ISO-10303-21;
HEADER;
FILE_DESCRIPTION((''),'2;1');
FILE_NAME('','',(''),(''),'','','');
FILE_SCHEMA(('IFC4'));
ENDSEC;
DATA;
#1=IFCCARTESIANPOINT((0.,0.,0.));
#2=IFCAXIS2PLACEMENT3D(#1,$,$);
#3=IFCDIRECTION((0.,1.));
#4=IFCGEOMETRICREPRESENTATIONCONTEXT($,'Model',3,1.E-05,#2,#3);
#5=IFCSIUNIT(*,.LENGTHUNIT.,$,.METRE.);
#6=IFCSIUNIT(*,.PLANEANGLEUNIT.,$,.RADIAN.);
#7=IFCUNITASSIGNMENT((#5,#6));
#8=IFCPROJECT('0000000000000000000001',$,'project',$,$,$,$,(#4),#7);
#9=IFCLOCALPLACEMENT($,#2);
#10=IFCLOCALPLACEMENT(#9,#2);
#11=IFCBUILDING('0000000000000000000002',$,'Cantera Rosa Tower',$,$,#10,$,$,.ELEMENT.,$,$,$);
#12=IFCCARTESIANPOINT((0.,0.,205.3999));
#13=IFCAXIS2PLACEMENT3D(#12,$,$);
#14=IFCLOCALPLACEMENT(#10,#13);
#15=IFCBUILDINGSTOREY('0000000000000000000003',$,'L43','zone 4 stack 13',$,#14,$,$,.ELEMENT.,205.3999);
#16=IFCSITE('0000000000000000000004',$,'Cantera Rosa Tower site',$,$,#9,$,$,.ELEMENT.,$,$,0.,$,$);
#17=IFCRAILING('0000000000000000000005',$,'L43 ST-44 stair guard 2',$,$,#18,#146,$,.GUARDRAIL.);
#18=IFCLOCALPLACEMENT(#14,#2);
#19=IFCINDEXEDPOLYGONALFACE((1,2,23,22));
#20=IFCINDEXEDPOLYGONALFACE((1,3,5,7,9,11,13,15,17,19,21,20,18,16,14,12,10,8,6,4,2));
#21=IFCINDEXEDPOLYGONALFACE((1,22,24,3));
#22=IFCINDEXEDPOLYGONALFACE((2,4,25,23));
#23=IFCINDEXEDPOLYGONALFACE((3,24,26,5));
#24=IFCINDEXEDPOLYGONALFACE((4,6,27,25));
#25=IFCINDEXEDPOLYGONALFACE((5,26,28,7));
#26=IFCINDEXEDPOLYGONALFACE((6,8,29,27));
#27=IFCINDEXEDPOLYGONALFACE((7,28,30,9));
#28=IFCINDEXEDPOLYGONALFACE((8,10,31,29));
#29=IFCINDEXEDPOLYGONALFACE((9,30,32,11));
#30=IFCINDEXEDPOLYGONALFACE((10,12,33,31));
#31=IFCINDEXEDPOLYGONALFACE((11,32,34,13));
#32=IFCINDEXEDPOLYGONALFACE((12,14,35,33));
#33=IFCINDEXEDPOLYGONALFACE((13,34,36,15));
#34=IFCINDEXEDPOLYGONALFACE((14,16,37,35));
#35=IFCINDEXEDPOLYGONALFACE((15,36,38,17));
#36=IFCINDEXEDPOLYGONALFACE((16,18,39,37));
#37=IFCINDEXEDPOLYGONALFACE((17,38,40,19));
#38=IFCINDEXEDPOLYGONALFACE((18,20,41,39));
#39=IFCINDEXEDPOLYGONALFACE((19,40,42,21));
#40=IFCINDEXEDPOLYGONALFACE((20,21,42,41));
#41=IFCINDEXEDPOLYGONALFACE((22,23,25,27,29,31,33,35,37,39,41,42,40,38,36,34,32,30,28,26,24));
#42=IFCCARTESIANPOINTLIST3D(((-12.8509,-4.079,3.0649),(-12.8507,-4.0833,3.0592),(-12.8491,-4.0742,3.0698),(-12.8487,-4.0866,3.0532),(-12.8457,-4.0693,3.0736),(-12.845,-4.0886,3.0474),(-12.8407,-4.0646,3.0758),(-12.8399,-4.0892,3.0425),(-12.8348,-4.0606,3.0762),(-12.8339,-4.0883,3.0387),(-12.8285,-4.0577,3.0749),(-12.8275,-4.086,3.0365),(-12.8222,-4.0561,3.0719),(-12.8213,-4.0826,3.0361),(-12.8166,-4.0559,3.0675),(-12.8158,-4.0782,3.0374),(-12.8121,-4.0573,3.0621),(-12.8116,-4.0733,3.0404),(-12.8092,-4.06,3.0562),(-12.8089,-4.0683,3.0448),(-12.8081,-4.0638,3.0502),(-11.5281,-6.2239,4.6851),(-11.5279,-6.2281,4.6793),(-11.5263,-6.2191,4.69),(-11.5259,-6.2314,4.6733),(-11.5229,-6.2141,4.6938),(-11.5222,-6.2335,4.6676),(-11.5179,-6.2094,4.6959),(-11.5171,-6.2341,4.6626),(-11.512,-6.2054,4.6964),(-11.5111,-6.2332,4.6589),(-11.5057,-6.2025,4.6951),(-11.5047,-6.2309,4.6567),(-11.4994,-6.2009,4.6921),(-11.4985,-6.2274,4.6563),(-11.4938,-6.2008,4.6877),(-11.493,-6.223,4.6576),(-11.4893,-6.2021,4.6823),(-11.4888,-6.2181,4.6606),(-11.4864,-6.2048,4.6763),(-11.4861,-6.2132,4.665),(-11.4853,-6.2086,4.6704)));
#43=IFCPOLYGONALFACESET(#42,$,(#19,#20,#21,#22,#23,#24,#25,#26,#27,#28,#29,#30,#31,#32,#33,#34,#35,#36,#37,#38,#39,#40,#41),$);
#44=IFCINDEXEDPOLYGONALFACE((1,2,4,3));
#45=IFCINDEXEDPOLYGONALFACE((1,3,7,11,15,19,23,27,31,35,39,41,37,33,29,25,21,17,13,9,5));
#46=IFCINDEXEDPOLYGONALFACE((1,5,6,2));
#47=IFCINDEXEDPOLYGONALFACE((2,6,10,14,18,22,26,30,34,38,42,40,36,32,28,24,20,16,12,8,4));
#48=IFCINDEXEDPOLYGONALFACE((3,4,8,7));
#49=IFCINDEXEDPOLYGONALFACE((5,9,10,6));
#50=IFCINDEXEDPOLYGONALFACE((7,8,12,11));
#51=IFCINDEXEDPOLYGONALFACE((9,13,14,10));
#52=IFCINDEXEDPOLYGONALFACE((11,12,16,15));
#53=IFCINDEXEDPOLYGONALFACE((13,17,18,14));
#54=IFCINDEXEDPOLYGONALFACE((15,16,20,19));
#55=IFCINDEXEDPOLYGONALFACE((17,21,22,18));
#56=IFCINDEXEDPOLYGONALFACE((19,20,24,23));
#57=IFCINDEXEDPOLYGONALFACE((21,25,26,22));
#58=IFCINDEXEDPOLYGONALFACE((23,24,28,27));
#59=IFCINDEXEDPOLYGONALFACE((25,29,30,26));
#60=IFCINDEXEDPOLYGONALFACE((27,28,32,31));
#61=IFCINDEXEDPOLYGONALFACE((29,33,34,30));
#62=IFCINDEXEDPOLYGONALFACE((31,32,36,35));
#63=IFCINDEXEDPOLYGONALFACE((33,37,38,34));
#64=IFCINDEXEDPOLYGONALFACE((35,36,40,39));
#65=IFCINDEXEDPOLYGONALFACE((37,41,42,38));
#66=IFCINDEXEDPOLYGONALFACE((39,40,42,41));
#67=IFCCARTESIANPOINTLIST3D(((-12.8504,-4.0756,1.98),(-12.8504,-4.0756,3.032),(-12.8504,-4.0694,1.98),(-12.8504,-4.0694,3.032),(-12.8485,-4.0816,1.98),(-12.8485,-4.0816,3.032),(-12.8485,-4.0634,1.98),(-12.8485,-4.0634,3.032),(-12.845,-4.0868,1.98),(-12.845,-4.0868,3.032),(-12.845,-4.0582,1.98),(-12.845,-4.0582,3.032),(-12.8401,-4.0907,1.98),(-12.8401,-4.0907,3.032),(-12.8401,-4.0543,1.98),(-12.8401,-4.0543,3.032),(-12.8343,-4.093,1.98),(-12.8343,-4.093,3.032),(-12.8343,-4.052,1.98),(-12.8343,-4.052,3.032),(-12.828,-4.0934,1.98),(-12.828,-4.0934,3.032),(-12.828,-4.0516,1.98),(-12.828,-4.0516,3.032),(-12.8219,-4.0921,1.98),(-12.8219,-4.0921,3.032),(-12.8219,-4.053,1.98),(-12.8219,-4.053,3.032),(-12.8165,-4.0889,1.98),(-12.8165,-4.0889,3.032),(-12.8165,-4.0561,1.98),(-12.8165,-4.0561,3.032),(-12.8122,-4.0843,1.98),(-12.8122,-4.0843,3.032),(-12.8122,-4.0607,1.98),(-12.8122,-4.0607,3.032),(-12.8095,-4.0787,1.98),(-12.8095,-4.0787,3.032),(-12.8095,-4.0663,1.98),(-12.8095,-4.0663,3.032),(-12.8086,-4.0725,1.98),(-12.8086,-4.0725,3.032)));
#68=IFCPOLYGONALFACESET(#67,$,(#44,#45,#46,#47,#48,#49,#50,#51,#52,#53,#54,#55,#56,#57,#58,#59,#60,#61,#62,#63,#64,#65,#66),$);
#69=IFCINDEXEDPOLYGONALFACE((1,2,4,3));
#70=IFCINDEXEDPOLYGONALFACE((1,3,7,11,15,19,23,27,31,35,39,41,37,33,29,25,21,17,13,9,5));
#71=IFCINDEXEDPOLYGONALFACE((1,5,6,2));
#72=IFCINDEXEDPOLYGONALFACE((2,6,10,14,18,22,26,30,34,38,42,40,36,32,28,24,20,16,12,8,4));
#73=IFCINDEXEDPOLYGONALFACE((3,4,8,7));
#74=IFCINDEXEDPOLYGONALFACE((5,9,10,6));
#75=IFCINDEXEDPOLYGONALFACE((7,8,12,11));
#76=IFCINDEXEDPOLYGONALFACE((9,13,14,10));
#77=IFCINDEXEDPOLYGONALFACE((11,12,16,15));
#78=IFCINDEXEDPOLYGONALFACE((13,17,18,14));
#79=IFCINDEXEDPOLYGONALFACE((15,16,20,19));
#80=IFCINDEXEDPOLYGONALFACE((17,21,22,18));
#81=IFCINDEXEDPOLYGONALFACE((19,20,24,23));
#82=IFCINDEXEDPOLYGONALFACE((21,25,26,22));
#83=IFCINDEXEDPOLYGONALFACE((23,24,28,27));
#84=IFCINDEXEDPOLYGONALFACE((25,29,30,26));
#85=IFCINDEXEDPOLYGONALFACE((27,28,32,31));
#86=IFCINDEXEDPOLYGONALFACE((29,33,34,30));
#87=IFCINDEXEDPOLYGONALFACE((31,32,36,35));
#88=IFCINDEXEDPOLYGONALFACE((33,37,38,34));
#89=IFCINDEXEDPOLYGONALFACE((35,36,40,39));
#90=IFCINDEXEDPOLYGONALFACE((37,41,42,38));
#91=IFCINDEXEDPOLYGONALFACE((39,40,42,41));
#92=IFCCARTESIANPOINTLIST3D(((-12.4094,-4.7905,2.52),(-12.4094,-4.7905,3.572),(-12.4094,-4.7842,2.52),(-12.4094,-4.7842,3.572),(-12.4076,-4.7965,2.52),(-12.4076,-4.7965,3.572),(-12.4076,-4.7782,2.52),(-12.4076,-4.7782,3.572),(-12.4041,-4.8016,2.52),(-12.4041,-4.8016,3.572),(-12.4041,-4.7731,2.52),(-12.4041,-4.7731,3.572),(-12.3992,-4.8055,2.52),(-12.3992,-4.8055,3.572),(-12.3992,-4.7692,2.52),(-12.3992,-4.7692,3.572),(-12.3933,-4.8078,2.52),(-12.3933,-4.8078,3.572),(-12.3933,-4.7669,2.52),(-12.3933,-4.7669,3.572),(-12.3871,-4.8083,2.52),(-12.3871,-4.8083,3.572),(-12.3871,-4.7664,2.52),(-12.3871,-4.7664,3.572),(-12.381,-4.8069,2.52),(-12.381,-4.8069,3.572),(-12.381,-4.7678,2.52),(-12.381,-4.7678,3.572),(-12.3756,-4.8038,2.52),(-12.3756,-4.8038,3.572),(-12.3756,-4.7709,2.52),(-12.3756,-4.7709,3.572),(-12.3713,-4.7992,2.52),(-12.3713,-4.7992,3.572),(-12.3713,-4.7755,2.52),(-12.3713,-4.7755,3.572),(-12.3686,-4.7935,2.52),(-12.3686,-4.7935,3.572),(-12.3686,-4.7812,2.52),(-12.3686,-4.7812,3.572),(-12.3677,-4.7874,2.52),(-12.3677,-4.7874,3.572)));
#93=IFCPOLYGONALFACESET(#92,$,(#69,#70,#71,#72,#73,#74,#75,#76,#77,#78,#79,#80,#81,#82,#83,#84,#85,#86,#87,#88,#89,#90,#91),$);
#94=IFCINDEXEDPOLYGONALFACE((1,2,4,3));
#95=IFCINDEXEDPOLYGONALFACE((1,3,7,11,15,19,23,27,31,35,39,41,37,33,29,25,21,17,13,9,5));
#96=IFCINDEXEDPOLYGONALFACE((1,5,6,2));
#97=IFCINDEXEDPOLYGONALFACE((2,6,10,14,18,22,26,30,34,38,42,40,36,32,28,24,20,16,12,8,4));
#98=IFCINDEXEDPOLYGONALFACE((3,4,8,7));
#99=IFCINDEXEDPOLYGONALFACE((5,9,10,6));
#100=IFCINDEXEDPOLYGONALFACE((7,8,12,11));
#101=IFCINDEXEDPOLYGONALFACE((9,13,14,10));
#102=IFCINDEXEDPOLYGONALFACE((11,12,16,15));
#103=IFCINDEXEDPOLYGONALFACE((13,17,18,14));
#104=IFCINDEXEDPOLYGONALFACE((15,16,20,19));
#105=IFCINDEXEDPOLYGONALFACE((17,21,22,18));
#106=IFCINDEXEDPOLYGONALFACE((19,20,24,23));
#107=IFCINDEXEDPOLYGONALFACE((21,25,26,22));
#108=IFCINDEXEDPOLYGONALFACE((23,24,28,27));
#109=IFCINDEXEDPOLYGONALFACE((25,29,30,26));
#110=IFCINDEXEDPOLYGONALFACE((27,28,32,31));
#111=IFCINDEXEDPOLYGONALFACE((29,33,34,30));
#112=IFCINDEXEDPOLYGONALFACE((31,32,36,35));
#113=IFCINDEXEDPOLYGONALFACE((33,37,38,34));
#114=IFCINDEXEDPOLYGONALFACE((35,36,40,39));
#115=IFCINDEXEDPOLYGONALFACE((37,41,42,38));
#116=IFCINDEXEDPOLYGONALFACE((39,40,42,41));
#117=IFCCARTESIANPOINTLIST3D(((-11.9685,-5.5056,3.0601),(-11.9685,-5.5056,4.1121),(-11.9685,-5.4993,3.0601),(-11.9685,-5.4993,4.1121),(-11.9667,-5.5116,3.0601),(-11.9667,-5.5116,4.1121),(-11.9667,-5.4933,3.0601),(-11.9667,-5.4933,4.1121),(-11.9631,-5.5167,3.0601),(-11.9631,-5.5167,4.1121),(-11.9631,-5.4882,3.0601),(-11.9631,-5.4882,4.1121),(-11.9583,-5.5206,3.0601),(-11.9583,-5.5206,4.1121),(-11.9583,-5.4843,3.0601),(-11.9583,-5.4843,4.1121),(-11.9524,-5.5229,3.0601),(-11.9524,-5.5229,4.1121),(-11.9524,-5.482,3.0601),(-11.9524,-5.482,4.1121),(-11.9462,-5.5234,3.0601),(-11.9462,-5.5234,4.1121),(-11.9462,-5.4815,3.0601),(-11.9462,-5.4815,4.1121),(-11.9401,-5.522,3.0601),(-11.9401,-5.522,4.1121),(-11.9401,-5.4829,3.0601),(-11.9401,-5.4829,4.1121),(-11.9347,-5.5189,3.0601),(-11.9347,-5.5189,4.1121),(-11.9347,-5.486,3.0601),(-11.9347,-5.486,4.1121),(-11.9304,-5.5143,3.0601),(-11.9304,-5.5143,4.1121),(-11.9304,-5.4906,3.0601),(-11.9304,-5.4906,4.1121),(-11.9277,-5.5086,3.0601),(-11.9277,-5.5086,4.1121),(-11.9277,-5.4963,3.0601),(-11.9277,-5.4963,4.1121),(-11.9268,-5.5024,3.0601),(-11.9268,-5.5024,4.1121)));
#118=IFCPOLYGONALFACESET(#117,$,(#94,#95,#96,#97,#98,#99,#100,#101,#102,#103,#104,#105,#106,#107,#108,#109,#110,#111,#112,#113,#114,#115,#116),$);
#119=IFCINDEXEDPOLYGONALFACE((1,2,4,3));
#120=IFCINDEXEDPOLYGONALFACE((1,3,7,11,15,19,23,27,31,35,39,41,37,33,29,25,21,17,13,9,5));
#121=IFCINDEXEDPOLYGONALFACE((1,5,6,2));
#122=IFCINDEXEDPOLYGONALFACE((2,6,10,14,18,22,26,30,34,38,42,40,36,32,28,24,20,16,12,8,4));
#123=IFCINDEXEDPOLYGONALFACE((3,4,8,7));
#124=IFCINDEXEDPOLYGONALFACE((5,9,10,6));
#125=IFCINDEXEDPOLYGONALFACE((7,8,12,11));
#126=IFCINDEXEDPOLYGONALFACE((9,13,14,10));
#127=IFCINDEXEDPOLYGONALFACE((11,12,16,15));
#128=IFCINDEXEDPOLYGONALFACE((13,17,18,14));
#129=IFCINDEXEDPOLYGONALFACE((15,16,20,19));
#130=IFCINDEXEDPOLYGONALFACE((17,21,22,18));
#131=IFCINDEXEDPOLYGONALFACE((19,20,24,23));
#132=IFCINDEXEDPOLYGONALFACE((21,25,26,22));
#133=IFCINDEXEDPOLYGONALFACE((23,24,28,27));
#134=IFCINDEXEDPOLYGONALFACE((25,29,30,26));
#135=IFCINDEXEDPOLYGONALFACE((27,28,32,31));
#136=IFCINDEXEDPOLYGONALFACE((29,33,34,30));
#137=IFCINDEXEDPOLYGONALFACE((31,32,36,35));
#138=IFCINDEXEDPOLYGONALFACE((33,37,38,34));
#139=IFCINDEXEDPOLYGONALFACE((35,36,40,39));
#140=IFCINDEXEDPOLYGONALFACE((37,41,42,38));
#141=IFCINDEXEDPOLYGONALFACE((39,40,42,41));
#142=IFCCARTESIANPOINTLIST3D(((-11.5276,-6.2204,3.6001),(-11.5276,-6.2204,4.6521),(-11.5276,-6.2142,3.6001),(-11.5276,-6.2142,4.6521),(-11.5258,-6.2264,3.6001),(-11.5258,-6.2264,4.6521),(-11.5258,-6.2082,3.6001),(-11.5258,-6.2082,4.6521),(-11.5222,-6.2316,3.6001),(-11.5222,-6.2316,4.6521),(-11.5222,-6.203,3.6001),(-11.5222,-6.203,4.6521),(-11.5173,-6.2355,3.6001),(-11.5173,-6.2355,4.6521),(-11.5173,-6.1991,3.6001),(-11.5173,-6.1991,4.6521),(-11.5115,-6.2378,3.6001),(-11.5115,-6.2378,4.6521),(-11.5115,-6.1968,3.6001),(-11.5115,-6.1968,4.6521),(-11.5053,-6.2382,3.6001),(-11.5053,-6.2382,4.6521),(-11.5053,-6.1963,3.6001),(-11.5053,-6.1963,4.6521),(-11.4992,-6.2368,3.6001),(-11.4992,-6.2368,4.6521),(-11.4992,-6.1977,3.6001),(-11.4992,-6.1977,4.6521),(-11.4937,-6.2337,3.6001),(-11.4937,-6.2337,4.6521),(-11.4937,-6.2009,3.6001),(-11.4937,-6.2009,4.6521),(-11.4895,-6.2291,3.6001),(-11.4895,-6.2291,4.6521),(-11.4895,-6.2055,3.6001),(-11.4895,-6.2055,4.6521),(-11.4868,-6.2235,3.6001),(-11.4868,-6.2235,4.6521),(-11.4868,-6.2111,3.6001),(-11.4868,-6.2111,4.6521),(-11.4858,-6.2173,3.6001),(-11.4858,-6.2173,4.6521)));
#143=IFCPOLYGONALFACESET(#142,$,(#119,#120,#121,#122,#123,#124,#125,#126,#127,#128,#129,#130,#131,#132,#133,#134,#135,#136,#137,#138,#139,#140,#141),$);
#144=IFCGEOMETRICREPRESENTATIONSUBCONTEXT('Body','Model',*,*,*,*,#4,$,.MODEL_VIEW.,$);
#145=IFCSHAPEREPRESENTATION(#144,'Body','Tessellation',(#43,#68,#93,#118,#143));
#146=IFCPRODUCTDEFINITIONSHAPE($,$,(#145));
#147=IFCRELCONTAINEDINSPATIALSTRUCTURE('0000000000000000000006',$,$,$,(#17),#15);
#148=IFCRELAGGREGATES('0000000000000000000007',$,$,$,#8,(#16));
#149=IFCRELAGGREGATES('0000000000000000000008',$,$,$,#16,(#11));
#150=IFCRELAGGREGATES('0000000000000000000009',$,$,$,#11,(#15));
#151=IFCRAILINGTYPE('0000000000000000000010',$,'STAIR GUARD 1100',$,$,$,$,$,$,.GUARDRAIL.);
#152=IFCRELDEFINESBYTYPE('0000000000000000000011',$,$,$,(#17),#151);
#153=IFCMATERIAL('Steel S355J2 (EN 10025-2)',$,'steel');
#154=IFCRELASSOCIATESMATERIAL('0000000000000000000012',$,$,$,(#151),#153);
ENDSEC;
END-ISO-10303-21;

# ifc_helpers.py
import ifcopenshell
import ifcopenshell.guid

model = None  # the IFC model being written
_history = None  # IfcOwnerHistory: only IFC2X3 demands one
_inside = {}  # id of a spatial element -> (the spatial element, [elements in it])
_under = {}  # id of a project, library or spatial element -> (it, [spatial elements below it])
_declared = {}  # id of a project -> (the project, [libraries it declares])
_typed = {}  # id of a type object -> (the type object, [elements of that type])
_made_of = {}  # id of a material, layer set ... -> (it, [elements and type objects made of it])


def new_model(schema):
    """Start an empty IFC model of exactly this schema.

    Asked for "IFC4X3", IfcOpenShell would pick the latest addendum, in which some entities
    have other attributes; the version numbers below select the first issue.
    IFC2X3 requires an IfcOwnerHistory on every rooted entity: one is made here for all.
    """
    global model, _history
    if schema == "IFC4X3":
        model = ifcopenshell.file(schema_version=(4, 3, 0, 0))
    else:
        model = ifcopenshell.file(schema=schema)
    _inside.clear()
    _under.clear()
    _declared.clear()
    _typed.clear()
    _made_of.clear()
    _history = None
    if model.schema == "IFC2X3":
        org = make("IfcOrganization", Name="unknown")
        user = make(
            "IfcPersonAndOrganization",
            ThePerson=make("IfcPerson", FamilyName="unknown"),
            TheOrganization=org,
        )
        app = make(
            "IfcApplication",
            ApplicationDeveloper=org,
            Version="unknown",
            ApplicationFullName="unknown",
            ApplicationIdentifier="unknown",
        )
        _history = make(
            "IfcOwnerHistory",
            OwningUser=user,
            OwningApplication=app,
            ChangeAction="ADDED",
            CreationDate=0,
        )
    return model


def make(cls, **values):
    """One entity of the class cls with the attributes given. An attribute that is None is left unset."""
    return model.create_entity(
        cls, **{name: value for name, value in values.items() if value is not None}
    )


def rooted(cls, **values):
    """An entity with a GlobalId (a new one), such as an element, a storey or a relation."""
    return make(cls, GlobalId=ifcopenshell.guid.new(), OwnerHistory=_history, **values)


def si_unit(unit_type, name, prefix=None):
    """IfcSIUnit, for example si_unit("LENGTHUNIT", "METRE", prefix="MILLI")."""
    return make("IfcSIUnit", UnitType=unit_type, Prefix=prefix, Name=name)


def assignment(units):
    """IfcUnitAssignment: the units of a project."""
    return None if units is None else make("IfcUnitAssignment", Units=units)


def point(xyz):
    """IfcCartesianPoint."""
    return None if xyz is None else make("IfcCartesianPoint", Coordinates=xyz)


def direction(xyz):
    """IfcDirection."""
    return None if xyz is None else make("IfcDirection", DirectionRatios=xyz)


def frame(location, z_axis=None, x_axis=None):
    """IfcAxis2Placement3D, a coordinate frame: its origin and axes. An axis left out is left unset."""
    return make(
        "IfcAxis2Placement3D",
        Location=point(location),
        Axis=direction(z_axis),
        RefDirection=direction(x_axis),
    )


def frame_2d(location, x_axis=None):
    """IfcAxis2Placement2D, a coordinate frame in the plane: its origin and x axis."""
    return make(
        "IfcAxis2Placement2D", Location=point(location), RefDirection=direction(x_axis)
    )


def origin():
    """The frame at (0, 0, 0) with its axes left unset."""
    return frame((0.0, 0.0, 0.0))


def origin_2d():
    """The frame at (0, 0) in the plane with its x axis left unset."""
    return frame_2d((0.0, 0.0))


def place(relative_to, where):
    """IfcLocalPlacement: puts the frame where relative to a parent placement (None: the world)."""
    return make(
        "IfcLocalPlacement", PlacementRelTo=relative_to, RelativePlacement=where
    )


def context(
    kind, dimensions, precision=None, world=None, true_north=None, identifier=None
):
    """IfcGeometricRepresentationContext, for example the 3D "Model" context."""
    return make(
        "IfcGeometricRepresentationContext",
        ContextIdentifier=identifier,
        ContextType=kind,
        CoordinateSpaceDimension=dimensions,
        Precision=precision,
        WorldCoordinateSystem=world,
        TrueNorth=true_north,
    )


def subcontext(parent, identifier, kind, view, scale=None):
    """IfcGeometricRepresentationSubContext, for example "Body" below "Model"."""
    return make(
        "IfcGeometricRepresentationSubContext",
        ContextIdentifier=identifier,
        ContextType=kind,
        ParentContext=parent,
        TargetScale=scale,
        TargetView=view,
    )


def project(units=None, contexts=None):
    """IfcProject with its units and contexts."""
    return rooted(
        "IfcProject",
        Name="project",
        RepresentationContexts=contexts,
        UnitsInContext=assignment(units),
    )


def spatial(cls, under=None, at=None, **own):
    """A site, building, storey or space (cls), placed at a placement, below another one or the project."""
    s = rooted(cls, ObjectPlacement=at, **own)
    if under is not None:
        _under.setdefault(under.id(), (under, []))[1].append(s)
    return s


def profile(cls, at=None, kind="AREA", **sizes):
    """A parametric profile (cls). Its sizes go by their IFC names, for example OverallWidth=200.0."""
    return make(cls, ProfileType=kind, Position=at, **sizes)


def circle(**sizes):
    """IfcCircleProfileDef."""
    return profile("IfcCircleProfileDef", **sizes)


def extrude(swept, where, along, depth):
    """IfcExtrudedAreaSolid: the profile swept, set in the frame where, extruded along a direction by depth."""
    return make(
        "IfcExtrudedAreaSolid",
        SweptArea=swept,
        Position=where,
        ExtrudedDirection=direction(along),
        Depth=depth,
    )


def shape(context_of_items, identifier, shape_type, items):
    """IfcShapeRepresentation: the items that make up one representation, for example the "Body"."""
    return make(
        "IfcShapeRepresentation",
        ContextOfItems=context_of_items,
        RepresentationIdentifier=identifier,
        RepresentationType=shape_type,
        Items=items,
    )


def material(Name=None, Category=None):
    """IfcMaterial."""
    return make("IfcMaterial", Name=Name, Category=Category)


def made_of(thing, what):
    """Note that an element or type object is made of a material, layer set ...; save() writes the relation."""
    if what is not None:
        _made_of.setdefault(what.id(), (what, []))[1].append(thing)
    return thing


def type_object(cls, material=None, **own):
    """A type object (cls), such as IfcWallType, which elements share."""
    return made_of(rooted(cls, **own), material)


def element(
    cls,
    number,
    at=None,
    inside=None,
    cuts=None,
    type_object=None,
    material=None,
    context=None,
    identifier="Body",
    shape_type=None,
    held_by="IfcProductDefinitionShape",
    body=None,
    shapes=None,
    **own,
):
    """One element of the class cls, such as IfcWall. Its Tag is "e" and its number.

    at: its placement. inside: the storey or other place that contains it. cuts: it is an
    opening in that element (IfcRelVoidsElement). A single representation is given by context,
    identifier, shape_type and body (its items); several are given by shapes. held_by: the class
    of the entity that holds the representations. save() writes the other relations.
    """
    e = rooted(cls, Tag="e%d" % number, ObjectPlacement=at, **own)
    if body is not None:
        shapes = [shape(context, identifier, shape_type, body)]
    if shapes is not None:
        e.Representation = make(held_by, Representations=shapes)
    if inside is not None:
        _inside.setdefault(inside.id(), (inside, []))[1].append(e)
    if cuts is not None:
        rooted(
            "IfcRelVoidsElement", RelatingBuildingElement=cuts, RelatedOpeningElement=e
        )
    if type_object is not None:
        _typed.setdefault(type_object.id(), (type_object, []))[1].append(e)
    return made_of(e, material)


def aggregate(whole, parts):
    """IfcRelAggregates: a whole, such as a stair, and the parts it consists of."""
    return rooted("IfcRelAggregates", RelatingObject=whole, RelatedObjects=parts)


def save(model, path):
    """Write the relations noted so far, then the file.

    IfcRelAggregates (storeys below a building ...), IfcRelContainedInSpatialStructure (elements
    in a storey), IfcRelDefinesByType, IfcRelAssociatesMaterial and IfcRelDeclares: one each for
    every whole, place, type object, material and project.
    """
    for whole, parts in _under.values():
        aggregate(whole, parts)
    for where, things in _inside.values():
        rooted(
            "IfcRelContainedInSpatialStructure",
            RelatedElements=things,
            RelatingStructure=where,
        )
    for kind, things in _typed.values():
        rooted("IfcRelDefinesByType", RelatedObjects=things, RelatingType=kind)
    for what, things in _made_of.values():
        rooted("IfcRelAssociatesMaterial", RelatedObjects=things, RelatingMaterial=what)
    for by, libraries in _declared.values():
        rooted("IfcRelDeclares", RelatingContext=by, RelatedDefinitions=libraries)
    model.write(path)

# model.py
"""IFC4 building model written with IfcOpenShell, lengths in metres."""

from ifc_helpers import new_model, si_unit, direction, frame, origin, origin_2d, place, context, subcontext, project, spatial, circle, extrude, material, type_object, element, save


model = new_model("IFC4")

# Units and contexts
model_context = context("Model", 3, precision=1e-05, world=origin(), true_north=direction((0.0, 1.0)))
body_context = subcontext(model_context, "Body", "Model", "MODEL_VIEW")
ifc_project = project(units=[si_unit("LENGTHUNIT", "METRE"), si_unit("PLANEANGLEUNIT", "RADIAN")], contexts=[model_context])

# Site, building, storey
site_placement = place(None, origin())
site = spatial("IfcSite", under=ifc_project, at=site_placement, Name="Cantera Rosa Tower site", CompositionType="ELEMENT", RefElevation=0.0)
building_placement = place(site_placement, origin())
building = spatial("IfcBuilding", under=site, at=building_placement, Name="Cantera Rosa Tower", CompositionType="ELEMENT")
storey_placement = place(building_placement, frame((0.0, 0.0, 205.3999)))
storey = spatial("IfcBuildingStorey", under=building, at=storey_placement, Name="L43", Description="zone 4 stack 13", CompositionType="ELEMENT", Elevation=205.3999)

# Railing
ifc_material_1 = material(Name="Steel S355J2 (EN 10025-2)", Category="steel")
railing_type_1 = type_object("IfcRailingType", Name="STAIR GUARD 1100", PredefinedType="GUARDRAIL", material=ifc_material_1)
railing_1_placement = place(storey_placement, frame((-12.8296, -4.0725, 1.98)))
element("IfcRailing", 1, at=railing_1_placement, inside=storey, type_object=railing_type_1, Name="L43 ST-44 stair guard 2", PredefinedType="GUARDRAIL", context=body_context, shape_type="SweptSolid", body=[
    extrude(circle(Radius=0.0239, at=origin_2d()), frame((0.0, 0.0, 1.0762), z_axis=(0.441543, -0.715939, 0.540805), x_axis=(0.851146, 0.52493, 0.0)), (0.0, 0.0, 1.0), 2.9958),
    extrude(circle(Radius=0.021, at=origin_2d()), origin(), (0.0, 0.0, 1.0), 1.052),
    extrude(circle(Radius=0.021, at=origin_2d()), frame((0.4409, -0.7148, 0.54)), (0.0, 0.0, 1.0), 1.052),
    extrude(circle(Radius=0.021, at=origin_2d()), frame((0.8818, -1.4299, 1.0801)), (0.0, 0.0, 1.0), 1.052),
    extrude(circle(Radius=0.021, at=origin_2d()), frame((1.3228, -2.1448, 1.6201)), (0.0, 0.0, 1.0), 1.052),
])

save(model, "model.ifc")
